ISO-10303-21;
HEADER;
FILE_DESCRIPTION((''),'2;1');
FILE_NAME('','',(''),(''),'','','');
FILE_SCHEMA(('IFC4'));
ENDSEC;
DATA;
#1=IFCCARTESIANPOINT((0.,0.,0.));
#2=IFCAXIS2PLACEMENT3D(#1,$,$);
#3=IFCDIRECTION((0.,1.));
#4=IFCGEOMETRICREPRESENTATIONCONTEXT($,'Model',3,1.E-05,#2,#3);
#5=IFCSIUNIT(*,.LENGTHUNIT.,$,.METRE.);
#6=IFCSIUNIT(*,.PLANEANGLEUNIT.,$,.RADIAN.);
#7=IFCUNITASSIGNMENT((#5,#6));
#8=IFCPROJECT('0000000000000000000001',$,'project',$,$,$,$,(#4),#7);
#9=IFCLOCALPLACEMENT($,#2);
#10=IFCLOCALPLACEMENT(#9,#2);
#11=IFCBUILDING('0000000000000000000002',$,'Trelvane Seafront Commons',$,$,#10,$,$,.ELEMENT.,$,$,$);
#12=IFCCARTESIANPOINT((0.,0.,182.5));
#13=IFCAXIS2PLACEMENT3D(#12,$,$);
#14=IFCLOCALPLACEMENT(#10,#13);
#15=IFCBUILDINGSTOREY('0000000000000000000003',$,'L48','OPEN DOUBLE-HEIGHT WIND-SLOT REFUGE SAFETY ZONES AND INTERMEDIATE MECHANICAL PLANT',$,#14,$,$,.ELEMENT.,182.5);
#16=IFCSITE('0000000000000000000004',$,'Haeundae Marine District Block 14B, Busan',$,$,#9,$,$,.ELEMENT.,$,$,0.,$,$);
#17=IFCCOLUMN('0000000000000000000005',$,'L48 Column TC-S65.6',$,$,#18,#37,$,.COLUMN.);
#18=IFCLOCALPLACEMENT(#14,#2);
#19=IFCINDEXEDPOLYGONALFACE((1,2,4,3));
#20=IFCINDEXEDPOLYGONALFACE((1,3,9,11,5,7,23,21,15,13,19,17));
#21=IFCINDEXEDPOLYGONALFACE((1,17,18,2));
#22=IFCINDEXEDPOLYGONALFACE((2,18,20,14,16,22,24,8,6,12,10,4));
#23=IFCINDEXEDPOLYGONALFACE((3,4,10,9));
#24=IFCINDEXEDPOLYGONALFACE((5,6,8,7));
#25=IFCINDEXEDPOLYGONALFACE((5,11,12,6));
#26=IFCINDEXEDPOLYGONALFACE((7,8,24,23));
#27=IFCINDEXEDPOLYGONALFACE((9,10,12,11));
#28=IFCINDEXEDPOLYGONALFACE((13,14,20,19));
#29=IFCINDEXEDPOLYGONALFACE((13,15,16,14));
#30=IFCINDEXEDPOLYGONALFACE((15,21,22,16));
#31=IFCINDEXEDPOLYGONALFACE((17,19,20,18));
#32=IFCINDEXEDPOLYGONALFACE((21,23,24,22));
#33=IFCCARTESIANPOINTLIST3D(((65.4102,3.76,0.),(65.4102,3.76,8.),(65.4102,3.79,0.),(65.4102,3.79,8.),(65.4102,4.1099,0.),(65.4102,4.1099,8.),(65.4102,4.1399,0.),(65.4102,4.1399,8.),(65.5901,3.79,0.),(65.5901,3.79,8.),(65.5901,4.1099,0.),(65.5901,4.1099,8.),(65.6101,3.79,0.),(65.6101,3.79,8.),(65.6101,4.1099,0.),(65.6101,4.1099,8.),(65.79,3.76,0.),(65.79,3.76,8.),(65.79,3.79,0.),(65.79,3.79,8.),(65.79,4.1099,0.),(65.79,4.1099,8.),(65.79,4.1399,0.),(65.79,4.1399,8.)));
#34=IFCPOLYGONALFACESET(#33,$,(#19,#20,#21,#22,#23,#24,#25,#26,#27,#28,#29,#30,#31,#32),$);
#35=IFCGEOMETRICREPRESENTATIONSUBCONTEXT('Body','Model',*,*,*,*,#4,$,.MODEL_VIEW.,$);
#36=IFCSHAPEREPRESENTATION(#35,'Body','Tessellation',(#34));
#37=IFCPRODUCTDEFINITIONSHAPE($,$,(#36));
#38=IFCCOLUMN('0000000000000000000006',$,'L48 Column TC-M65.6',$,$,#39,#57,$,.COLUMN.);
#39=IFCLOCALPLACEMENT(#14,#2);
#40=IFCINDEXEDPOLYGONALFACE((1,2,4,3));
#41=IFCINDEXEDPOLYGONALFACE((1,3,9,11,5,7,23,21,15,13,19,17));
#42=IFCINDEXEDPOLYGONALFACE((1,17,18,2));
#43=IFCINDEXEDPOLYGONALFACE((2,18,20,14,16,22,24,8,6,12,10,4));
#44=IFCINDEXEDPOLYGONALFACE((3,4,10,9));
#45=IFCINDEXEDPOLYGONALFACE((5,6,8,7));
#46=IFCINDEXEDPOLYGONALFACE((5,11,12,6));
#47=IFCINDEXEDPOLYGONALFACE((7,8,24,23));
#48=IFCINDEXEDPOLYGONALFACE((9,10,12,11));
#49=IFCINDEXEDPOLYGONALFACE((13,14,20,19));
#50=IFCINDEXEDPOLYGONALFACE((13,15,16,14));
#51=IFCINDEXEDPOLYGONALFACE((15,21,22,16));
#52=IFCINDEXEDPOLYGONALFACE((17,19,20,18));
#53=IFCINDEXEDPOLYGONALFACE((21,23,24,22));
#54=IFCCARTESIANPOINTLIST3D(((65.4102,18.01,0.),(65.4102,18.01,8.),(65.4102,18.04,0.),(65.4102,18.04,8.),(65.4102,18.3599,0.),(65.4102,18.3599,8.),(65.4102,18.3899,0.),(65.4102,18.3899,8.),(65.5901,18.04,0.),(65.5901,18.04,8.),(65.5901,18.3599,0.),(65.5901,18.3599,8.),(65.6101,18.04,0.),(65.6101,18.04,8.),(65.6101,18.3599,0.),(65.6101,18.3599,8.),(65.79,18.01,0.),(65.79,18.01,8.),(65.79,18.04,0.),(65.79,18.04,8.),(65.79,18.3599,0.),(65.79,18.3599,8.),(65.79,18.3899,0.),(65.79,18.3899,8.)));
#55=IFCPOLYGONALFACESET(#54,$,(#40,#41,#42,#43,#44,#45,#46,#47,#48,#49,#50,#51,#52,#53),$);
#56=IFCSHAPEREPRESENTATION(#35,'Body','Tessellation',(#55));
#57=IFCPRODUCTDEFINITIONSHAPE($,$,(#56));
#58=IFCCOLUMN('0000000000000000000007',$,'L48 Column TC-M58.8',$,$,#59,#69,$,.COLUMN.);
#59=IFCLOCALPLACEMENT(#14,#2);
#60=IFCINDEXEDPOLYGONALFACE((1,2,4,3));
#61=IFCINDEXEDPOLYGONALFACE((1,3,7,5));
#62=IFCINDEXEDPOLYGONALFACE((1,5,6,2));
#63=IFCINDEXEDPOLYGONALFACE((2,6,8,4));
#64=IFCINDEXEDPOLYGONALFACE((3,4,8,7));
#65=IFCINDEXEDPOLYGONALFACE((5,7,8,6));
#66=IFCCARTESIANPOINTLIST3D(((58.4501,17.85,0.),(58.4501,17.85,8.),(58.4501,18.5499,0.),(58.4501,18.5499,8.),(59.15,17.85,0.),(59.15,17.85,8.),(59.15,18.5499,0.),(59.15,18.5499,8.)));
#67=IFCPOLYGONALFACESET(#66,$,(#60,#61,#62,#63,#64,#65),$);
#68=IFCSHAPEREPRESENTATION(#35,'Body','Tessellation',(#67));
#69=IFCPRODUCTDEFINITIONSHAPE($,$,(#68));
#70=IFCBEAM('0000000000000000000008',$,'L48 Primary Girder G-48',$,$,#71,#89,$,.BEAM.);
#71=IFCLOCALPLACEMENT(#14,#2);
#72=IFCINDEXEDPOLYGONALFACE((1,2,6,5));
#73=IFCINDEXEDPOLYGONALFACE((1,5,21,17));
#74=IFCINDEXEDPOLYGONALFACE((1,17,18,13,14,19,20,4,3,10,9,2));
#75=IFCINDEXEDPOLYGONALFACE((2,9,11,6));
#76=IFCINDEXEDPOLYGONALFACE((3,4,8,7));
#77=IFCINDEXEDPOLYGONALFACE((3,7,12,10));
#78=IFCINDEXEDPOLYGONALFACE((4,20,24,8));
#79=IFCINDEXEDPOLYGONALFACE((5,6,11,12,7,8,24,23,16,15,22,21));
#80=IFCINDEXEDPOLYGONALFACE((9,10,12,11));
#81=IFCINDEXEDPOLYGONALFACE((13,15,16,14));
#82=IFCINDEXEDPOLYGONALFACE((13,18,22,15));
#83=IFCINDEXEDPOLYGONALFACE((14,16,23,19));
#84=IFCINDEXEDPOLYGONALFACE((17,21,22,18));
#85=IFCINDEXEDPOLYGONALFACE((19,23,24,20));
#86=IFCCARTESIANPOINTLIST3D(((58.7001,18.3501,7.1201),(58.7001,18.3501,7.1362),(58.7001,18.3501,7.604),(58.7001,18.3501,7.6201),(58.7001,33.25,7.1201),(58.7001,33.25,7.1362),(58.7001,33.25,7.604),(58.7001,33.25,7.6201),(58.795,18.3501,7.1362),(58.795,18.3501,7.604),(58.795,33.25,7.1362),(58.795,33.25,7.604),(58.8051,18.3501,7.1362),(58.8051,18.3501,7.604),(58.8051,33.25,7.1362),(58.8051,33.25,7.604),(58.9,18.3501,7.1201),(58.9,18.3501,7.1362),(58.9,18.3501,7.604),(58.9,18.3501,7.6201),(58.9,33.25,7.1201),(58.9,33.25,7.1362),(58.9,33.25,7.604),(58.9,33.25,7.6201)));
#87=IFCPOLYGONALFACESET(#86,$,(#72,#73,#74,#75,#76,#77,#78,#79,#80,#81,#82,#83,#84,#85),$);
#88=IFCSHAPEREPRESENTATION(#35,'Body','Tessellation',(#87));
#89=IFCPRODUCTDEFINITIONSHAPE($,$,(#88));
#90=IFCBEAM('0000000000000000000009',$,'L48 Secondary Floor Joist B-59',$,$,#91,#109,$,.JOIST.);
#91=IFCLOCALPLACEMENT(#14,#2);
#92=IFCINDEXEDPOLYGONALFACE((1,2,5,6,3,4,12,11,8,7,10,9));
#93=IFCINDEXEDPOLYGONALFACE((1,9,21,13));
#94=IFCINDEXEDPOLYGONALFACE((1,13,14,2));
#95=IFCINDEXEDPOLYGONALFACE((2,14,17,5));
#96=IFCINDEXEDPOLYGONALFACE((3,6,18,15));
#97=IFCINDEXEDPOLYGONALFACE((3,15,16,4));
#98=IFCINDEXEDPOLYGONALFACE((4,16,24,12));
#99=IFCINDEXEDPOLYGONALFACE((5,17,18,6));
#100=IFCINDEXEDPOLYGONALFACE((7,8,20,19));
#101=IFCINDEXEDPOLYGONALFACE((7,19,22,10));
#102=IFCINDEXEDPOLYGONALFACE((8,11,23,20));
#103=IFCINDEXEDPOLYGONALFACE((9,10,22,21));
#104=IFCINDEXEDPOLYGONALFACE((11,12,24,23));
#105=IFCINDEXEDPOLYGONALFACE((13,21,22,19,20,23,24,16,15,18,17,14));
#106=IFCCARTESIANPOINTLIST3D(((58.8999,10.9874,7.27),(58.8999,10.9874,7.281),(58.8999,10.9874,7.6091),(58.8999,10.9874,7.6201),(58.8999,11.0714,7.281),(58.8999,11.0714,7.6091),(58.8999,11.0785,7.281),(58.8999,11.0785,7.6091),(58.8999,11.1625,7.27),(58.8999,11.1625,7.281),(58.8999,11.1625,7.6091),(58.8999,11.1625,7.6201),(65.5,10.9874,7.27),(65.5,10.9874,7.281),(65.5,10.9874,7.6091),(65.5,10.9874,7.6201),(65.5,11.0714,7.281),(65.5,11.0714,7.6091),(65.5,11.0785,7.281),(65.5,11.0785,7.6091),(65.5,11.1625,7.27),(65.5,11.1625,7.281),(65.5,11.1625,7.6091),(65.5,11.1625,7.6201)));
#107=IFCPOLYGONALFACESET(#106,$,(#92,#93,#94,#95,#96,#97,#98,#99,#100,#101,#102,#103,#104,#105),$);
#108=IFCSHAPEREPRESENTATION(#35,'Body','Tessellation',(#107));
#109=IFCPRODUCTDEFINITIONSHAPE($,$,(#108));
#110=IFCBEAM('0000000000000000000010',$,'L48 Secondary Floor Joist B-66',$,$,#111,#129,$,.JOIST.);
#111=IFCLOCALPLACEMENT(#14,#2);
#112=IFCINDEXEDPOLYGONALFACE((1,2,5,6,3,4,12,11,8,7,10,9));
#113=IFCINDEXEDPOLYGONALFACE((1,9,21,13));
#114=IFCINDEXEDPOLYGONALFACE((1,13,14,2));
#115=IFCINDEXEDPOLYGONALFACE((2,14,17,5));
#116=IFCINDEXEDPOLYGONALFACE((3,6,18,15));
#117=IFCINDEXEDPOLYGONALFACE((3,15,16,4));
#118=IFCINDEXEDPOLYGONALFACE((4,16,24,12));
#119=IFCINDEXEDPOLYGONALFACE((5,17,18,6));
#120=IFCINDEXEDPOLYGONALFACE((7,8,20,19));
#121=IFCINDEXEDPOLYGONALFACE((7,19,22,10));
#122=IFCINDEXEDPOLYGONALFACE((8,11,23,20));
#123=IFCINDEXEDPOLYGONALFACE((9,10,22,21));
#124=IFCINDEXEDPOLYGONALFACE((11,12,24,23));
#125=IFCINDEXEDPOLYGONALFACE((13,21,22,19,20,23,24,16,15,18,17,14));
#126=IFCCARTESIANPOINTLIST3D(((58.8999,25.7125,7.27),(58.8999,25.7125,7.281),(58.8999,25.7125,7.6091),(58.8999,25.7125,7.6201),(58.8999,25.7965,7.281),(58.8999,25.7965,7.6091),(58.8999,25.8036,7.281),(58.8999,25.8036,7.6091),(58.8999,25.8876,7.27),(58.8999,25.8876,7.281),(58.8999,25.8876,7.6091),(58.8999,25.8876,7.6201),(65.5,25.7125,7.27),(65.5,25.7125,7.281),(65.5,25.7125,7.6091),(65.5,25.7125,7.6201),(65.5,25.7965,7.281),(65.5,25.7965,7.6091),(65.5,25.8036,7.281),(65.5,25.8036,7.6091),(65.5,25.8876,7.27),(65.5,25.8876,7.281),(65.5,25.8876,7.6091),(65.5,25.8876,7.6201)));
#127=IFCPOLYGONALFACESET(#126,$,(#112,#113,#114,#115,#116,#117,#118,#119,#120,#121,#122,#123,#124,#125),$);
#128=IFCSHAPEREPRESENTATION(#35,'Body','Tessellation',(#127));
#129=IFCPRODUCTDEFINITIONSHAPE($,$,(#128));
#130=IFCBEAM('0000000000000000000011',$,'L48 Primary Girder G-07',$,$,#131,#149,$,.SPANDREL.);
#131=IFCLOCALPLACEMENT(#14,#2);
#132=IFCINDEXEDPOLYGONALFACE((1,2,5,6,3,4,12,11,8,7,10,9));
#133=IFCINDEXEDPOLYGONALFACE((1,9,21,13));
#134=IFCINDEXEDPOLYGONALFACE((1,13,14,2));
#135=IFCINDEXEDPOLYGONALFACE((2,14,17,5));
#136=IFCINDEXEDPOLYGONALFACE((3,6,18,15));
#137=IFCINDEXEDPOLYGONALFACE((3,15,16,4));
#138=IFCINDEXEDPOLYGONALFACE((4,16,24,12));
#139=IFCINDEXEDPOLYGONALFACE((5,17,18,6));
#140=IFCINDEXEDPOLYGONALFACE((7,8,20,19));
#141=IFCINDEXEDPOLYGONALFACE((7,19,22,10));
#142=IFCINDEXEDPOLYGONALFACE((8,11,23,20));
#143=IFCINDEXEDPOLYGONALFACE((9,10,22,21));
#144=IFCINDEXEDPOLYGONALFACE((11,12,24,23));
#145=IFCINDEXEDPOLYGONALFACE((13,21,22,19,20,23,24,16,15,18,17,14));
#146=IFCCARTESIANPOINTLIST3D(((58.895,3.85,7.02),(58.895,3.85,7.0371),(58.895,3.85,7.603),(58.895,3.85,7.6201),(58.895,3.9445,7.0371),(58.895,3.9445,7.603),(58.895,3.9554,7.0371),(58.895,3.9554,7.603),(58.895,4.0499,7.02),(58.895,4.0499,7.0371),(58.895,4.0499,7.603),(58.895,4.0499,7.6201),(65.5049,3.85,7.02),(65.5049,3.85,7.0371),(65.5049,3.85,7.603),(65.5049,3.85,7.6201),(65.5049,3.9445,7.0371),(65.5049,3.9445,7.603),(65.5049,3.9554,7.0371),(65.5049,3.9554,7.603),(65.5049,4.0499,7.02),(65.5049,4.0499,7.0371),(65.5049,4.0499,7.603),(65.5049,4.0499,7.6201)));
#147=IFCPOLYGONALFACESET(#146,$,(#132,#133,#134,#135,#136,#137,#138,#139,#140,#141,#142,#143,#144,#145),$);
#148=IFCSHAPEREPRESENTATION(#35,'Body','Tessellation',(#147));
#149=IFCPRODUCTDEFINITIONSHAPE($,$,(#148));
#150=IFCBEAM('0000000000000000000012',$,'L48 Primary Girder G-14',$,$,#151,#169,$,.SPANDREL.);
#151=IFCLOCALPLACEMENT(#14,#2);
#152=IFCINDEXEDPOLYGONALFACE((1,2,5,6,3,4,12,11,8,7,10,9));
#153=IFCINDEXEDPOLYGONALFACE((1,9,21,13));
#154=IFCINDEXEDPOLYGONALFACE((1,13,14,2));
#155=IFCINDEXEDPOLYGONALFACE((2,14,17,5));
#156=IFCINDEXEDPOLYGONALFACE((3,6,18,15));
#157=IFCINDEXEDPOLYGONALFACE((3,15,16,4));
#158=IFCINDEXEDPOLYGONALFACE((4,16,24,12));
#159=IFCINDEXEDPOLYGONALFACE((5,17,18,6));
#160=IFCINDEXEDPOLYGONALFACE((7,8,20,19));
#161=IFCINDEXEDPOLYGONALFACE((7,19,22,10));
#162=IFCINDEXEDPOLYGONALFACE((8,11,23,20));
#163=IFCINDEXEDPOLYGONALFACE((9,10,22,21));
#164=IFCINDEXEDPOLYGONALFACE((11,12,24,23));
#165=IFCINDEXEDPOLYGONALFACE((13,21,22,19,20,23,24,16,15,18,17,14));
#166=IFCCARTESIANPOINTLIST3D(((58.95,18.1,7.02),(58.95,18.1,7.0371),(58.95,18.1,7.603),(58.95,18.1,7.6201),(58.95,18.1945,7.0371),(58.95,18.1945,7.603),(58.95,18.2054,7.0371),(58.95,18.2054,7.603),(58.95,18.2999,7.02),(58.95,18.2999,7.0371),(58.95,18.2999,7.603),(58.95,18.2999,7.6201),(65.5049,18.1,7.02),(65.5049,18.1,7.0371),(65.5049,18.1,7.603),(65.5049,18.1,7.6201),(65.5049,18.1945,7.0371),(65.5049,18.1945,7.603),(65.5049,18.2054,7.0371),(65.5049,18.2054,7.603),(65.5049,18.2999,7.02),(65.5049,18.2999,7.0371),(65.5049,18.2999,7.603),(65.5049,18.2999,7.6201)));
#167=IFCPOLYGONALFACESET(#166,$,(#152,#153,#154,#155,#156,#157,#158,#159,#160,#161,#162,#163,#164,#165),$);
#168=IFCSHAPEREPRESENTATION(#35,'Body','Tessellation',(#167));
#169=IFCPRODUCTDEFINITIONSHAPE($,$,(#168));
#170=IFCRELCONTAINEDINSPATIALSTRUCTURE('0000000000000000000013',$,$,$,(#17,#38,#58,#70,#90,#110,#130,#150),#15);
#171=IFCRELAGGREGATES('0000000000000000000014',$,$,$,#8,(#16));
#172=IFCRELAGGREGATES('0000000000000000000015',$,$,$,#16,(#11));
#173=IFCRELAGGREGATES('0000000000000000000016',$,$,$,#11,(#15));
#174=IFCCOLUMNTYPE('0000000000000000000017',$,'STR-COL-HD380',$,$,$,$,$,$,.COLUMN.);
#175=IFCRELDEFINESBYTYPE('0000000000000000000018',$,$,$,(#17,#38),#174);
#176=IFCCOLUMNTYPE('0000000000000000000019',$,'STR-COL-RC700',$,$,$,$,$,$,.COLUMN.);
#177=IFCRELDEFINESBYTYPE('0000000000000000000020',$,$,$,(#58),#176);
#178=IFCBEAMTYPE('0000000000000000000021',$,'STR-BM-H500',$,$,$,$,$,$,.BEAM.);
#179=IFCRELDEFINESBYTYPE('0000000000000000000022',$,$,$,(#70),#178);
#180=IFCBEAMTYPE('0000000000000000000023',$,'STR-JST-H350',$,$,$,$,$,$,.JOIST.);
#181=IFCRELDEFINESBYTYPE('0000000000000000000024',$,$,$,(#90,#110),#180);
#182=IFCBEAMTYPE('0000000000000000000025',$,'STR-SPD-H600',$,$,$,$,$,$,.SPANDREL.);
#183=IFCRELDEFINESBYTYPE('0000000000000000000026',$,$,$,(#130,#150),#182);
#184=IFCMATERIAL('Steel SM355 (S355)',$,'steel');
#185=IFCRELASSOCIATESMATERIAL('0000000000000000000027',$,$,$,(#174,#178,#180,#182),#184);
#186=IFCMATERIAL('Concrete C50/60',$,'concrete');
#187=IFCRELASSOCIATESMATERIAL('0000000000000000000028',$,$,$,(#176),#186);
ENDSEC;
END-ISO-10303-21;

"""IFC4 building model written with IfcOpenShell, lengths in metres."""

from ifc_helpers import new_model, si_unit, direction, frame, origin, origin_2d, place, context, subcontext, project, spatial, rectangle, i_section, extrude, source, transform, mapped, material, material_profile, profile_set, type_object, element, save


model = new_model("IFC4")

# Units and contexts
model_context = context("Model", 3, precision=1e-05, world=origin(), true_north=direction((0.0, 1.0)))
body_context = subcontext(model_context, "Body", "Model", "MODEL_VIEW")
ifc_project = project(units=[si_unit("LENGTHUNIT", "METRE"), si_unit("PLANEANGLEUNIT", "RADIAN")], contexts=[model_context])

# Site, building, storey
site_placement = place(None, origin())
site = spatial("IfcSite", under=ifc_project, at=site_placement, Name="Haeundae Marine District Block 14B, Busan", CompositionType="ELEMENT", RefElevation=0.0)
building_placement = place(site_placement, origin())
building = spatial("IfcBuilding", under=site, at=building_placement, Name="Trelvane Seafront Commons", CompositionType="ELEMENT")
storey_placement = place(building_placement, frame((0.0, 0.0, 182.5)))
storey = spatial("IfcBuildingStorey", under=building, at=storey_placement, Name="L48", Description="OPEN DOUBLE-HEIGHT WIND-SLOT REFUGE SAFETY ZONES AND INTERMEDIATE MECHANICAL PLANT", CompositionType="ELEMENT", Elevation=182.5)

# Columns
ifc_material_1 = material(Name="Steel SM355 (S355)", Category="steel")
ifc_material_profile_1 = material_profile(ifc_material_1, i_section(OverallWidth=0.3799, OverallDepth=0.3799, WebThickness=0.02, FlangeThickness=0.03, at=origin_2d()), Name="HD-380x380x20x30")
ifc_profile_set_1 = profile_set([ifc_material_profile_1], Name="Steel SM355 (S355)")
column_type_1 = type_object("IfcColumnType", Name="STR-COL-HD380", PredefinedType="COLUMN", material=ifc_profile_set_1)
shared_shape_1 = source(origin(), body_context, "Body", "SweptSolid", [
    extrude(i_section(OverallWidth=0.3799, OverallDepth=0.3799, WebThickness=0.02, FlangeThickness=0.03, at=origin_2d()), origin(), (0.0, 0.0, 1.0), 8.0),
])
for number, where, z_axis, x_axis, name in (
    (1, (65.6001, 3.95, 0.0), (0.0, 0.0, 1.0), (1.0, 0.0, 0.0), "L48 Column TC-S65.6"),
    (2, (65.6001, 18.2, 0.0), (0.0, 0.0, 1.0), (1.0, 0.0, 0.0), "L48 Column TC-M65.6"),
):
    element("IfcColumn", number, at=place(storey_placement, frame(where, z_axis=z_axis, x_axis=x_axis)), inside=storey, type_object=column_type_1, Name=name, PredefinedType="COLUMN", context=body_context, shape_type="MappedRepresentation", body=[
        mapped(shared_shape_1, transform((0.0, 0.0, 0.0), x_axis=(1.0, 0.0, 0.0), y_axis=(0.0, 1.0, 0.0), z_axis=(0.0, 0.0, 1.0), scale=1.0)),
    ])
ifc_material_2 = material(Name="Concrete C50/60", Category="concrete")
ifc_material_profile_2 = material_profile(ifc_material_2, rectangle(XDim=0.7, YDim=0.7, at=origin_2d()), Name="RC-700x700")
ifc_profile_set_2 = profile_set([ifc_material_profile_2], Name="Concrete C50/60")
column_type_2 = type_object("IfcColumnType", Name="STR-COL-RC700", PredefinedType="COLUMN", material=ifc_profile_set_2)
shared_shape_2 = source(origin(), body_context, "Body", "SweptSolid", [
    extrude(rectangle(XDim=0.7, YDim=0.7, at=origin_2d()), origin(), (0.0, 0.0, 1.0), 8.0),
])
column_placement = place(storey_placement, frame((58.8, 18.2, 0.0), z_axis=(0.0, 0.0, 1.0), x_axis=(1.0, 0.0, 0.0)))
element("IfcColumn", 3, at=column_placement, inside=storey, type_object=column_type_2, Name="L48 Column TC-M58.8", PredefinedType="COLUMN", context=body_context, shape_type="MappedRepresentation", body=[
    mapped(shared_shape_2, transform((0.0, 0.0, 0.0), x_axis=(1.0, 0.0, 0.0), y_axis=(0.0, 1.0, 0.0), z_axis=(0.0, 0.0, 1.0), scale=1.0)),
])

# Beams
ifc_material_profile_3 = material_profile(ifc_material_1, i_section(OverallWidth=0.2, OverallDepth=0.5, WebThickness=0.01, FlangeThickness=0.0161, at=origin_2d()), Name="H-500x200x10x16")
ifc_profile_set_3 = profile_set([ifc_material_profile_3], Name="Steel SM355 (S355)")
beam_type_1 = type_object("IfcBeamType", Name="STR-BM-H500", PredefinedType="BEAM", material=ifc_profile_set_3)
shared_shape_3 = source(origin(), body_context, "Body", "SweptSolid", [
    extrude(i_section(OverallWidth=0.2, OverallDepth=0.5, WebThickness=0.01, FlangeThickness=0.0161, at=origin_2d()), origin(), (0.0, 0.0, 1.0), 14.8999),
])
beam_1_placement = place(storey_placement, frame((58.8, 18.3501, 7.3701), z_axis=(0.0, 1.0, 0.0), x_axis=(-1.0, 0.0, 0.0)))
element("IfcBeam", 4, at=beam_1_placement, inside=storey, type_object=beam_type_1, Name="L48 Primary Girder G-48", PredefinedType="BEAM", context=body_context, shape_type="MappedRepresentation", body=[
    mapped(shared_shape_3, transform((0.0, 0.0, 0.0), x_axis=(1.0, 0.0, 0.0), y_axis=(0.0, 1.0, 0.0), z_axis=(0.0, 0.0, 1.0), scale=1.0)),
])
ifc_material_profile_4 = material_profile(ifc_material_1, i_section(OverallWidth=0.175, OverallDepth=0.3501, WebThickness=0.0071, FlangeThickness=0.011, at=origin_2d()), Name="H-350x175x7x11")
ifc_profile_set_4 = profile_set([ifc_material_profile_4], Name="Steel SM355 (S355)")
beam_type_2 = type_object("IfcBeamType", Name="STR-JST-H350", PredefinedType="JOIST", material=ifc_profile_set_4)
shared_shape_4 = source(origin(), body_context, "Body", "SweptSolid", [
    extrude(i_section(OverallWidth=0.175, OverallDepth=0.3501, WebThickness=0.0071, FlangeThickness=0.011, at=origin_2d()), origin(), (0.0, 0.0, 1.0), 6.6001),
])
for number, where, z_axis, x_axis, name in (
    (5, (58.8999, 11.075, 7.4451), (1.0, 0.0, 0.0), (0.0, 1.0, 0.0), "L48 Secondary Floor Joist B-59"),
    (6, (58.8999, 25.8, 7.4451), (1.0, 0.0, 0.0), (0.0, 1.0, 0.0), "L48 Secondary Floor Joist B-66"),
):
    element("IfcBeam", number, at=place(storey_placement, frame(where, z_axis=z_axis, x_axis=x_axis)), inside=storey, type_object=beam_type_2, Name=name, PredefinedType="JOIST", context=body_context, shape_type="MappedRepresentation", body=[
        mapped(shared_shape_4, transform((0.0, 0.0, 0.0), x_axis=(1.0, 0.0, 0.0), y_axis=(0.0, 1.0, 0.0), z_axis=(0.0, 0.0, 1.0), scale=1.0)),
    ])
ifc_material_profile_5 = material_profile(ifc_material_1, i_section(OverallWidth=0.2, OverallDepth=0.6001, WebThickness=0.011, FlangeThickness=0.0171, at=origin_2d()), Name="H-600x200x11x17")
ifc_profile_set_5 = profile_set([ifc_material_profile_5], Name="Steel SM355 (S355)")
beam_type_3 = type_object("IfcBeamType", Name="STR-SPD-H600", PredefinedType="SPANDREL", material=ifc_profile_set_5)
shared_shape_5 = source(origin(), body_context, "Body", "SweptSolid", [
    extrude(i_section(OverallWidth=0.2, OverallDepth=0.6001, WebThickness=0.011, FlangeThickness=0.0171, at=origin_2d()), origin(), (0.0, 0.0, 1.0), 6.6099),
])
beam_2_placement = place(storey_placement, frame((58.895, 3.95, 7.3201), z_axis=(1.0, 0.0, 0.0), x_axis=(0.0, 1.0, 0.0)))
element("IfcBeam", 7, at=beam_2_placement, inside=storey, type_object=beam_type_3, Name="L48 Primary Girder G-07", PredefinedType="SPANDREL", context=body_context, shape_type="MappedRepresentation", body=[
    mapped(shared_shape_5, transform((0.0, 0.0, 0.0), x_axis=(1.0, 0.0, 0.0), y_axis=(0.0, 1.0, 0.0), z_axis=(0.0, 0.0, 1.0), scale=1.0)),
])
shared_shape_6 = source(origin(), body_context, "Body", "SweptSolid", [
    extrude(i_section(OverallWidth=0.2, OverallDepth=0.6001, WebThickness=0.011, FlangeThickness=0.0171, at=origin_2d()), origin(), (0.0, 0.0, 1.0), 6.5549),
])
beam_3_placement = place(storey_placement, frame((58.95, 18.2, 7.3201), z_axis=(1.0, 0.0, 0.0), x_axis=(0.0, 1.0, 0.0)))
element("IfcBeam", 8, at=beam_3_placement, inside=storey, type_object=beam_type_3, Name="L48 Primary Girder G-14", PredefinedType="SPANDREL", context=body_context, shape_type="MappedRepresentation", body=[
    mapped(shared_shape_6, transform((0.0, 0.0, 0.0), x_axis=(1.0, 0.0, 0.0), y_axis=(0.0, 1.0, 0.0), z_axis=(0.0, 0.0, 1.0), scale=1.0)),
])

save(model, "model.ifc")
